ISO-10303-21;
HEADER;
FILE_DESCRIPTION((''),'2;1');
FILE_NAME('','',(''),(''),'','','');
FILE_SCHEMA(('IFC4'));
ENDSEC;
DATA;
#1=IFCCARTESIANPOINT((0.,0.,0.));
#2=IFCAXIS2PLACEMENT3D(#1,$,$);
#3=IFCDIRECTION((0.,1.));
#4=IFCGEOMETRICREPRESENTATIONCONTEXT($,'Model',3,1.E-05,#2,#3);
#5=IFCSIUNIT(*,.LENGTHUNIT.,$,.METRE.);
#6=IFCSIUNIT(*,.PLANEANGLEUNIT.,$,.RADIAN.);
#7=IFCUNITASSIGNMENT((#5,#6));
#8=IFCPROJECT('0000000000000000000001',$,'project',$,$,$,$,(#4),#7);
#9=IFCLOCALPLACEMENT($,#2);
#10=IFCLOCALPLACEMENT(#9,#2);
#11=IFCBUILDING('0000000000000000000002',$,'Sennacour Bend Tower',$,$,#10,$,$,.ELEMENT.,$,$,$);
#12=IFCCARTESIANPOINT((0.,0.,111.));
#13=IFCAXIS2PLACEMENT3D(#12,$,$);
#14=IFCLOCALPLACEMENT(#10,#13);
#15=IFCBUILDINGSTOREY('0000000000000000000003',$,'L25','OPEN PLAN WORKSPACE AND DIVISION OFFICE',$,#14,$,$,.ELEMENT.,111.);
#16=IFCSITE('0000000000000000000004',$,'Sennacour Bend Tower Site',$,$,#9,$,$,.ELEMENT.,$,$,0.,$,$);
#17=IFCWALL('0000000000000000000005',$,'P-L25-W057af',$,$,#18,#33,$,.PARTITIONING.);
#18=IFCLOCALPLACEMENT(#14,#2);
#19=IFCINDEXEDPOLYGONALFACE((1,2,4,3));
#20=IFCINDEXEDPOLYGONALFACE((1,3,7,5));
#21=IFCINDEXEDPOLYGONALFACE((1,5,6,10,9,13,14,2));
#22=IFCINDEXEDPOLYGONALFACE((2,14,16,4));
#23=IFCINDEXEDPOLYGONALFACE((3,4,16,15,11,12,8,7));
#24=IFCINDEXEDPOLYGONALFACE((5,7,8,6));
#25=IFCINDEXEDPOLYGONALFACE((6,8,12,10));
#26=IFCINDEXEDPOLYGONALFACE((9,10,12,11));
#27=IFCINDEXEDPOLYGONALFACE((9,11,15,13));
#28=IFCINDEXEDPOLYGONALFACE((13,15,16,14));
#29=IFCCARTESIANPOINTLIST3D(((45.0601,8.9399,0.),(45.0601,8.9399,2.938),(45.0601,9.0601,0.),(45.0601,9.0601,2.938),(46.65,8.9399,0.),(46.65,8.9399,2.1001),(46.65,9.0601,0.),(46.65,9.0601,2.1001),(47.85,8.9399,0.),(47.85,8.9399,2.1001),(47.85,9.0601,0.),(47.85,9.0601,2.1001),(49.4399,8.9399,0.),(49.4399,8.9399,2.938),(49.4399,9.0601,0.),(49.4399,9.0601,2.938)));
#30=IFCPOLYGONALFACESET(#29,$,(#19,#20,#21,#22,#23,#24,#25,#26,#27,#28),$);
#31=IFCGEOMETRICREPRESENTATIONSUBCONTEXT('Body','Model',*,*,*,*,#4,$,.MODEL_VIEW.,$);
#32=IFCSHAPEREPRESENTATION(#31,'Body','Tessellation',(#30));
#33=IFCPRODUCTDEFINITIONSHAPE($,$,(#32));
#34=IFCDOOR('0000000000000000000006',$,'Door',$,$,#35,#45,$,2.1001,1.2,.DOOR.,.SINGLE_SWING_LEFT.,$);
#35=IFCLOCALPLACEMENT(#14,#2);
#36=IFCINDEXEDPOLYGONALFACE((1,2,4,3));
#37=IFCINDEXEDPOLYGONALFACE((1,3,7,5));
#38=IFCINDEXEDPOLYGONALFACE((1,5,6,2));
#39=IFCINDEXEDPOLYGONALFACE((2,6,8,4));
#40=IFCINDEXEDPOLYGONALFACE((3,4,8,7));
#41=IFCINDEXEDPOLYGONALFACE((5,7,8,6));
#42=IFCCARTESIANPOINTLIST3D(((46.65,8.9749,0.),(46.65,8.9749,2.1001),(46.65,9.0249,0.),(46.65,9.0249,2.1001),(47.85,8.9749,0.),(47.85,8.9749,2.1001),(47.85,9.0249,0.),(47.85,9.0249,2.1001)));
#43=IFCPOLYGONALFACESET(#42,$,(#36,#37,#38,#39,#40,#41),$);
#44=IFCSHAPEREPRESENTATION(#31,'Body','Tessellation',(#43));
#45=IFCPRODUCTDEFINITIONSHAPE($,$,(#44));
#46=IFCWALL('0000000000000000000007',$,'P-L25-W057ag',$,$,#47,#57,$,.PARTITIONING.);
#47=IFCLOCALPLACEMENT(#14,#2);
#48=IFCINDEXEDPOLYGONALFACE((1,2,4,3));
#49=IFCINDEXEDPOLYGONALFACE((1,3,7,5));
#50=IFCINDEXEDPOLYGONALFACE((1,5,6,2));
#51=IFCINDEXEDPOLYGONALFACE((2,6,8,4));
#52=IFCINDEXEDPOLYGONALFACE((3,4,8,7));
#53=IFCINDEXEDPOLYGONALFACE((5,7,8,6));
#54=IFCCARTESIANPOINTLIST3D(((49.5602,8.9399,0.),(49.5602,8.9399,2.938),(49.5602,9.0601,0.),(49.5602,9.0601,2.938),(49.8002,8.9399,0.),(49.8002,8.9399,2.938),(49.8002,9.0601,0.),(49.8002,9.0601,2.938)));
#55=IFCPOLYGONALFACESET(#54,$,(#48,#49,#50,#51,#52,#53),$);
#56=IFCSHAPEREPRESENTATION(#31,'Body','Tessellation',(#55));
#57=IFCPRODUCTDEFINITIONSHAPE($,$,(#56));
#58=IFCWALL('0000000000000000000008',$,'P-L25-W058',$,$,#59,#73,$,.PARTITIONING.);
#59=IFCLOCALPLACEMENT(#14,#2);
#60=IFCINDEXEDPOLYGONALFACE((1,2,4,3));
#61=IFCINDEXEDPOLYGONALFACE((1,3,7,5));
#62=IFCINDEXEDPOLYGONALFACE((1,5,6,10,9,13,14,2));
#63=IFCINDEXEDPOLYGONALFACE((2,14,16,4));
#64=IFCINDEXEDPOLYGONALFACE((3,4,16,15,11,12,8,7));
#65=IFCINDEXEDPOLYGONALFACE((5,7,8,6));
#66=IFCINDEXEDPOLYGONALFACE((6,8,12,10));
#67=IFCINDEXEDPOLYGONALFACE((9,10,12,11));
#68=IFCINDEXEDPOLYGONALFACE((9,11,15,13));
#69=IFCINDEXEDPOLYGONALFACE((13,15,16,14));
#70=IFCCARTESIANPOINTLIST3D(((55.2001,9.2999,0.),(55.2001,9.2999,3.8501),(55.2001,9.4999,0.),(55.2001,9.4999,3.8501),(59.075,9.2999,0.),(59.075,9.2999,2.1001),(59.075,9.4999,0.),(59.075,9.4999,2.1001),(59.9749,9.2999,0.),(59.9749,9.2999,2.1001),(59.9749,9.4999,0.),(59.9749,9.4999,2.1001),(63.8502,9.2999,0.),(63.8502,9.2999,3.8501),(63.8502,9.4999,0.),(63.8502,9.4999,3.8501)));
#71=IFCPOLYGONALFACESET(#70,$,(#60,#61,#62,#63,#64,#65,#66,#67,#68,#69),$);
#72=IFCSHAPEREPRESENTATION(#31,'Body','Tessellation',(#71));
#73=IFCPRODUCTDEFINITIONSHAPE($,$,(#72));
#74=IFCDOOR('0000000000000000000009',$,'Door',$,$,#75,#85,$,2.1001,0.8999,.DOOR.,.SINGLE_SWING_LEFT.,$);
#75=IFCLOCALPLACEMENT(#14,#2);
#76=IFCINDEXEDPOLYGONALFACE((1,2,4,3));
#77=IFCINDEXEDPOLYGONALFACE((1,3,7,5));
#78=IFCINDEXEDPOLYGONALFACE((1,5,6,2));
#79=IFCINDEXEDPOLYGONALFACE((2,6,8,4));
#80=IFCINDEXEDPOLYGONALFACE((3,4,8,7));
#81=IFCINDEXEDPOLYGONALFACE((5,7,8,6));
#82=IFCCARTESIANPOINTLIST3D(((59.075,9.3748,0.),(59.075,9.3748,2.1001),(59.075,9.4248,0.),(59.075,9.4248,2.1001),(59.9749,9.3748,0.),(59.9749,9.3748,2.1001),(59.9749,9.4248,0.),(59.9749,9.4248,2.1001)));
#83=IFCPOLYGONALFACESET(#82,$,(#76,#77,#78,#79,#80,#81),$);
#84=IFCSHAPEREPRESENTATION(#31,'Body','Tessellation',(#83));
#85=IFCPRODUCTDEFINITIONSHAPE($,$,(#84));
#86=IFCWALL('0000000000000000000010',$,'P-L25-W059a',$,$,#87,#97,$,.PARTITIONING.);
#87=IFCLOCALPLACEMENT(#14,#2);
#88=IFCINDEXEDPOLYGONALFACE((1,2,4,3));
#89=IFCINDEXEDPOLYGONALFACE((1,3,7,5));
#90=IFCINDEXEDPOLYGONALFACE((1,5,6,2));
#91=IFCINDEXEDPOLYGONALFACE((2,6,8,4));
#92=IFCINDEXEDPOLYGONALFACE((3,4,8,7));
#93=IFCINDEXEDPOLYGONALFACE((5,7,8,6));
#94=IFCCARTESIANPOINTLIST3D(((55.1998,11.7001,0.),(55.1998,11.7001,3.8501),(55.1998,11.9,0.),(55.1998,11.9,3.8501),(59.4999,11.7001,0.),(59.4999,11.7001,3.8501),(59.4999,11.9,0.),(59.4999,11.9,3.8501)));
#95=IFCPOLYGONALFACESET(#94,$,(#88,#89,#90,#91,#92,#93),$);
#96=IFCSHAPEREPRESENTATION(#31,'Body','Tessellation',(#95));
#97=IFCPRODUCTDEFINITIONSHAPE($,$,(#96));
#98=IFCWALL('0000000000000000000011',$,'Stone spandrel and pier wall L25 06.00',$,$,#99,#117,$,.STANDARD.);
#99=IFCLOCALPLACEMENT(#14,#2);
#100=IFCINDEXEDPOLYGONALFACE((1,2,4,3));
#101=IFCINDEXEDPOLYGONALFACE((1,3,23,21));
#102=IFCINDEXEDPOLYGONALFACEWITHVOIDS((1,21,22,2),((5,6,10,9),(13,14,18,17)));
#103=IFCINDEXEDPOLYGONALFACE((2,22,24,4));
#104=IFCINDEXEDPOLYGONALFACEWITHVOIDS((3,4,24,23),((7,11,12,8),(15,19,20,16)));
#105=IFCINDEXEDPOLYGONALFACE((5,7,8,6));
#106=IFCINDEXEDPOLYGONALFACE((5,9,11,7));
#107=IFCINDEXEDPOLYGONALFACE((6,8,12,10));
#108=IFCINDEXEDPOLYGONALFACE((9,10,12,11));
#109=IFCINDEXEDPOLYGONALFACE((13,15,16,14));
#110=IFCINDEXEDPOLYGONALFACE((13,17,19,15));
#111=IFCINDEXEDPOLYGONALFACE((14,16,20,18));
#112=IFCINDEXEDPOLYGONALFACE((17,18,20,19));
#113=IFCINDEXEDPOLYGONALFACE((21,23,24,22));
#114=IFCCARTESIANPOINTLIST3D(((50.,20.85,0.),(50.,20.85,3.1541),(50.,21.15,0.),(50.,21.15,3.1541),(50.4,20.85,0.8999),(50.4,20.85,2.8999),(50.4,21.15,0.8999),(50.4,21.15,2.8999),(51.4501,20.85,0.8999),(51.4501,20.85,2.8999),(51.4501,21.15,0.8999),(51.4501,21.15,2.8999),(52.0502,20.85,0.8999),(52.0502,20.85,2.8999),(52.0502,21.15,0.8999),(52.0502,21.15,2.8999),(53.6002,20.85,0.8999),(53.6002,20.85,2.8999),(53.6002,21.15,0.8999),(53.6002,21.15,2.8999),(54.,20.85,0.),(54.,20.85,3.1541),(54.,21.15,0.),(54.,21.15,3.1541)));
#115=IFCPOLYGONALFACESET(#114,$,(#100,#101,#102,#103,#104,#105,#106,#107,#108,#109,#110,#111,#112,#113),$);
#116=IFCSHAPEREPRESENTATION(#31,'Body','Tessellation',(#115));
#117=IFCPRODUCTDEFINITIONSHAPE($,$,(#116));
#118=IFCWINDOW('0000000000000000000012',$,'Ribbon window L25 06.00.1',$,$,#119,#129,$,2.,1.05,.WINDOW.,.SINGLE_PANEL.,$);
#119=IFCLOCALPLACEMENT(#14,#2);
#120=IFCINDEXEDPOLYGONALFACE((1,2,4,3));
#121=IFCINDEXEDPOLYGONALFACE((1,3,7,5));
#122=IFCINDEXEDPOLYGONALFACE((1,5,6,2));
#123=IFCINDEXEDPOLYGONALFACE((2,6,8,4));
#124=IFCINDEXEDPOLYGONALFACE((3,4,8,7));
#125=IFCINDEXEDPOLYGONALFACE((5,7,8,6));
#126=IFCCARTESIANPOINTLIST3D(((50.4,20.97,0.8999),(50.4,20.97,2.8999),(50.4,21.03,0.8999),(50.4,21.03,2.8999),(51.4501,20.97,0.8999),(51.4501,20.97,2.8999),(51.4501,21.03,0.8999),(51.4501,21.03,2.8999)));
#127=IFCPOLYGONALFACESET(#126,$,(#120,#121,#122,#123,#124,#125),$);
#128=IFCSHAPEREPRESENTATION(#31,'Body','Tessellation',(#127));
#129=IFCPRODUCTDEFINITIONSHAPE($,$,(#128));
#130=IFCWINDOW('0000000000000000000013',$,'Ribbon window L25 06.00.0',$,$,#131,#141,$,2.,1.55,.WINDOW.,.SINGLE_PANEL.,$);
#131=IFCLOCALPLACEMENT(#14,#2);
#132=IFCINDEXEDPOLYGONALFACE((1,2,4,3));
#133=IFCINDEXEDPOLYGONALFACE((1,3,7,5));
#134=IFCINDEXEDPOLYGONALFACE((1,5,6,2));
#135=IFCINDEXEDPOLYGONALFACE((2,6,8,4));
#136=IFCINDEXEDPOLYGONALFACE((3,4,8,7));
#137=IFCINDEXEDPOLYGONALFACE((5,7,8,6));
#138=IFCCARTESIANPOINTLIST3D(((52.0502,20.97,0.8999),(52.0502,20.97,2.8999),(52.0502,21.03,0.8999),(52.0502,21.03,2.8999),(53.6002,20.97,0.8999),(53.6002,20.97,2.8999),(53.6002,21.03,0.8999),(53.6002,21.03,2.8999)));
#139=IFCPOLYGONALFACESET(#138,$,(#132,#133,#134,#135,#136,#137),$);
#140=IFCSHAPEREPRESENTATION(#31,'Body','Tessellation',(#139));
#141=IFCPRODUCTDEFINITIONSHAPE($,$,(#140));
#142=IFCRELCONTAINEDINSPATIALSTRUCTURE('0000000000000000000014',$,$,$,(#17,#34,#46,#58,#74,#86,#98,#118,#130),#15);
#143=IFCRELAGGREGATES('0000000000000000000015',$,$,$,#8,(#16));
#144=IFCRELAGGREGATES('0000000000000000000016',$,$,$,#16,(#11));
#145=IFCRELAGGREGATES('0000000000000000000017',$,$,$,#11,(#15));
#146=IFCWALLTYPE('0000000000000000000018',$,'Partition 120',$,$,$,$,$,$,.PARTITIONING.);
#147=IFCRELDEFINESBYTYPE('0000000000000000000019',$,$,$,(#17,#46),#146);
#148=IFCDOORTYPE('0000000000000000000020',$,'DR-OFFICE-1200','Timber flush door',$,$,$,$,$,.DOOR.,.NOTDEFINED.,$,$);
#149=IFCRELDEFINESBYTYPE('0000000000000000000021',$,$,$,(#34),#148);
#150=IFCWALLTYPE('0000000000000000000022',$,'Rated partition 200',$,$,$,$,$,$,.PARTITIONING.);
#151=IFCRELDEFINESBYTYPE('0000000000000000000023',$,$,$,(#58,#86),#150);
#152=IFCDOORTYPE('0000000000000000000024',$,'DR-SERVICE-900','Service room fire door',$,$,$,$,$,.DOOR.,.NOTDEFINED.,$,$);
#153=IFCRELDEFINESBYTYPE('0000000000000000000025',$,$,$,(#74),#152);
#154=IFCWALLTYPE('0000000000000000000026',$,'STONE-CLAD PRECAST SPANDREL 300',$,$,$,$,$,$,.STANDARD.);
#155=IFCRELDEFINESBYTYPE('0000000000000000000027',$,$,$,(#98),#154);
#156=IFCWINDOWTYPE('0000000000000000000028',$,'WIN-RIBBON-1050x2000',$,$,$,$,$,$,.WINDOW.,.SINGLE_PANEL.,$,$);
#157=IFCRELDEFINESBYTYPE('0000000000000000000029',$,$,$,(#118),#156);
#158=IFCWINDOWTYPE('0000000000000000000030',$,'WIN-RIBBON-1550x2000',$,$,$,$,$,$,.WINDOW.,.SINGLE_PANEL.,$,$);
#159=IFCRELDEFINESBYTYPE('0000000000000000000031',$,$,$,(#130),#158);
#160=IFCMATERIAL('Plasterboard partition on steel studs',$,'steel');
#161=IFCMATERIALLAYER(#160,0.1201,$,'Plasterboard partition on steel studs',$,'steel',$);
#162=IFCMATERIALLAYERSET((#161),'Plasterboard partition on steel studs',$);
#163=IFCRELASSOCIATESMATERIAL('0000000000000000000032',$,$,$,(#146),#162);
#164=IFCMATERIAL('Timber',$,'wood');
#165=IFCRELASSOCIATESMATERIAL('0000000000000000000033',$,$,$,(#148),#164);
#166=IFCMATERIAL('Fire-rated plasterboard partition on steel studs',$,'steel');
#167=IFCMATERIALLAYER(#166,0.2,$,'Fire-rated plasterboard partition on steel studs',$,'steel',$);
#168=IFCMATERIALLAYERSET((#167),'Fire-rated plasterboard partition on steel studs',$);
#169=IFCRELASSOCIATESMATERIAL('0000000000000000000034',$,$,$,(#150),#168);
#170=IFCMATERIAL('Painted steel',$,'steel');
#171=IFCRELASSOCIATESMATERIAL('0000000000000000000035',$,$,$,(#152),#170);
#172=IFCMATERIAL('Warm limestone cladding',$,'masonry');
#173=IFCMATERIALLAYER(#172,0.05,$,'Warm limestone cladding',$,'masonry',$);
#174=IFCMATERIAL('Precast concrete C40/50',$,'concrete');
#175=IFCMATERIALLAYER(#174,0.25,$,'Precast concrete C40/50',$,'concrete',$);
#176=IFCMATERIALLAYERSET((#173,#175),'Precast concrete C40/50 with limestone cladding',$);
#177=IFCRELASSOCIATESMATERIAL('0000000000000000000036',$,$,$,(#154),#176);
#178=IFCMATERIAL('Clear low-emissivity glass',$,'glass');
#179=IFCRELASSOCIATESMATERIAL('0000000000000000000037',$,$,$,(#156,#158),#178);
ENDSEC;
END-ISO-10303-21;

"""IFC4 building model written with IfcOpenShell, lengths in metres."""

from ifc_helpers import new_model, si_unit, direction, frame, frame_2d, origin, place, context, subcontext, project, spatial, rectangle, extrude, material, layer, layer_set, type_object, element, fill, save


model = new_model("IFC4")

# Units and contexts
model_context = context("Model", 3, precision=1e-05, world=origin(), true_north=direction((0.0, 1.0)))
body_context = subcontext(model_context, "Body", "Model", "MODEL_VIEW")
ifc_project = project(units=[si_unit("LENGTHUNIT", "METRE"), si_unit("PLANEANGLEUNIT", "RADIAN")], contexts=[model_context])

# Site, building, storey
site_placement = place(None, origin())
site = spatial("IfcSite", under=ifc_project, at=site_placement, Name="Sennacour Bend Tower Site", CompositionType="ELEMENT", RefElevation=0.0)
building_placement = place(site_placement, origin())
building = spatial("IfcBuilding", under=site, at=building_placement, Name="Sennacour Bend Tower", CompositionType="ELEMENT")
storey_placement = place(building_placement, frame((0.0, 0.0, 111.0)))
storey = spatial("IfcBuildingStorey", under=building, at=storey_placement, Name="L25", Description="OPEN PLAN WORKSPACE AND DIVISION OFFICE", CompositionType="ELEMENT", Elevation=111.0)

# Shared definitions
ifc_material_1 = material(Name="Plasterboard partition on steel studs", Category="steel")
ifc_layer_1 = layer(ifc_material_1, 0.1201, Name="Plasterboard partition on steel studs", Category="steel")
ifc_layer_set_1 = layer_set([ifc_layer_1], Name="Plasterboard partition on steel studs")
wall_type_1 = type_object("IfcWallType", Name="Partition 120", PredefinedType="PARTITIONING", material=ifc_layer_set_1)

# Wall, opening, door
wall_1_placement = place(storey_placement, frame((45.0601, 9.0, 0.0), z_axis=(0.0, 0.0, 1.0), x_axis=(1.0, 0.0, 0.0)))
wall_1 = element("IfcWall", 1, at=wall_1_placement, inside=storey, type_object=wall_type_1, Name="P-L25-W057af", PredefinedType="PARTITIONING", context=body_context, shape_type="SweptSolid", body=[
    extrude(rectangle(XDim=4.3799, YDim=0.1201, at=frame_2d((2.1899, 0.0))), origin(), (0.0, 0.0, 1.0), 2.938),
])
opening_1_placement = place(wall_1_placement, frame((1.5898, 0.0, 0.0)))
opening_1 = element("IfcOpeningElement", 2, at=opening_1_placement, cuts=wall_1, PredefinedType="OPENING", context=body_context, shape_type="SweptSolid", body=[
    extrude(rectangle(XDim=1.2, YDim=2.1001, at=frame_2d((0.6001, 1.05))), frame((0.0, 0.0701, 0.0), z_axis=(0.0, -1.0, 0.0), x_axis=(1.0, 0.0, 0.0)), (0.0, 0.0, 1.0), 0.1401),
])
ifc_material_2 = material(Name="Timber", Category="wood")
door_type_1 = type_object("IfcDoorType", Name="DR-OFFICE-1200", Description="Timber flush door", OperationType="NOTDEFINED", PredefinedType="DOOR", material=ifc_material_2)
door_1_placement = place(opening_1_placement, origin())
door_1 = element("IfcDoor", 3, at=door_1_placement, inside=storey, type_object=door_type_1, Name="Door", OperationType="SINGLE_SWING_LEFT", OverallHeight=2.1001, OverallWidth=1.2, PredefinedType="DOOR", context=body_context, shape_type="SweptSolid", body=[
    extrude(rectangle(XDim=1.2, YDim=2.1001, at=frame_2d((0.6001, 1.05))), frame((0.0, 0.0249, 0.0), z_axis=(0.0, -1.0, 0.0), x_axis=(1.0, 0.0, 0.0)), (0.0, 0.0, 1.0), 0.05),
])
fill(opening_1, door_1)

# Wall
wall_2_placement = place(storey_placement, frame((49.5601, 9.0, 0.0), z_axis=(0.0, 0.0, 1.0), x_axis=(1.0, 0.0, 0.0)))
element("IfcWall", 4, at=wall_2_placement, inside=storey, type_object=wall_type_1, Name="P-L25-W057ag", PredefinedType="PARTITIONING", context=body_context, shape_type="SweptSolid", body=[
    extrude(rectangle(XDim=0.24, YDim=0.1201, at=frame_2d((0.1201, 0.0))), origin(), (0.0, 0.0, 1.0), 2.938),
])

# Wall, opening, door
ifc_material_3 = material(Name="Fire-rated plasterboard partition on steel studs", Category="steel")
ifc_layer_2 = layer(ifc_material_3, 0.2, Name="Fire-rated plasterboard partition on steel studs", Category="steel")
ifc_layer_set_2 = layer_set([ifc_layer_2], Name="Fire-rated plasterboard partition on steel studs")
wall_type_2 = type_object("IfcWallType", Name="Rated partition 200", PredefinedType="PARTITIONING", material=ifc_layer_set_2)
wall_3_placement = place(storey_placement, frame((55.2, 9.3999, 0.0), z_axis=(0.0, 0.0, 1.0), x_axis=(1.0, 0.0, 0.0)))
wall_3 = element("IfcWall", 5, at=wall_3_placement, inside=storey, type_object=wall_type_2, Name="P-L25-W058", PredefinedType="PARTITIONING", context=body_context, shape_type="SweptSolid", body=[
    extrude(rectangle(XDim=8.6501, YDim=0.2, at=frame_2d((4.3252, 0.0))), origin(), (0.0, 0.0, 1.0), 3.8501),
])
opening_2_placement = place(wall_3_placement, frame((3.875, 0.0, 0.0)))
opening_2 = element("IfcOpeningElement", 6, at=opening_2_placement, cuts=wall_3, PredefinedType="OPENING", context=body_context, shape_type="SweptSolid", body=[
    extrude(rectangle(XDim=0.8999, YDim=2.1001, at=frame_2d((0.45, 1.05))), frame((0.0, 0.1099, 0.0), z_axis=(0.0, -1.0, 0.0), x_axis=(1.0, 0.0, 0.0)), (0.0, 0.0, 1.0), 0.22),
])
ifc_material_4 = material(Name="Painted steel", Category="steel")
door_type_2 = type_object("IfcDoorType", Name="DR-SERVICE-900", Description="Service room fire door", OperationType="NOTDEFINED", PredefinedType="DOOR", material=ifc_material_4)
door_2_placement = place(opening_2_placement, origin())
door_2 = element("IfcDoor", 7, at=door_2_placement, inside=storey, type_object=door_type_2, Name="Door", OperationType="SINGLE_SWING_LEFT", OverallHeight=2.1001, OverallWidth=0.8999, PredefinedType="DOOR", context=body_context, shape_type="SweptSolid", body=[
    extrude(rectangle(XDim=0.8999, YDim=2.1001, at=frame_2d((0.45, 1.05))), frame((0.0, 0.0249, 0.0), z_axis=(0.0, -1.0, 0.0), x_axis=(1.0, 0.0, 0.0)), (0.0, 0.0, 1.0), 0.05),
])
fill(opening_2, door_2)

# Wall
wall_4_placement = place(storey_placement, frame((55.2, 11.8, 0.0), z_axis=(0.0, 0.0, 1.0), x_axis=(1.0, 0.0, 0.0)))
element("IfcWall", 8, at=wall_4_placement, inside=storey, type_object=wall_type_2, Name="P-L25-W059a", PredefinedType="PARTITIONING", context=body_context, shape_type="SweptSolid", body=[
    extrude(rectangle(XDim=4.3, YDim=0.2, at=frame_2d((2.1499, 0.0))), origin(), (0.0, 0.0, 1.0), 3.8501),
])

# Wall, openings, windows
ifc_material_5 = material(Name="Warm limestone cladding", Category="masonry")
ifc_layer_3 = layer(ifc_material_5, 0.05, Name="Warm limestone cladding", Category="masonry")
ifc_material_6 = material(Name="Precast concrete C40/50", Category="concrete")
ifc_layer_4 = layer(ifc_material_6, 0.25, Name="Precast concrete C40/50", Category="concrete")
ifc_layer_set_3 = layer_set([ifc_layer_3, ifc_layer_4], Name="Precast concrete C40/50 with limestone cladding")
wall_type_3 = type_object("IfcWallType", Name="STONE-CLAD PRECAST SPANDREL 300", PredefinedType="STANDARD", material=ifc_layer_set_3)
wall_5_placement = place(storey_placement, frame((54.0, 21.0, 0.0), z_axis=(0.0, 0.0, 1.0), x_axis=(-1.0, 0.0, 0.0)))
wall_5 = element("IfcWall", 9, at=wall_5_placement, inside=storey, type_object=wall_type_3, Name="Stone spandrel and pier wall L25 06.00", PredefinedType="STANDARD", context=body_context, shape_type="SweptSolid", body=[
    extrude(rectangle(XDim=4.0, YDim=0.3, at=frame_2d((2.0, 0.0))), origin(), (0.0, 0.0, 1.0), 3.1541),
])
opening_3_placement = place(wall_5_placement, frame((0.3999, 0.0, 0.8999)))
opening_3 = element("IfcOpeningElement", 10, at=opening_3_placement, cuts=wall_5, PredefinedType="OPENING", context=body_context, shape_type="SweptSolid", body=[
    extrude(rectangle(XDim=1.55, YDim=2.0, at=frame_2d((0.7749, 1.0))), frame((0.0, 0.1602, 0.0), z_axis=(0.0, -1.0, 0.0), x_axis=(1.0, 0.0, 0.0)), (0.0, 0.0, 1.0), 0.3201),
])
opening_4_placement = place(wall_5_placement, frame((2.55, 0.0, 0.8999)))
opening_4 = element("IfcOpeningElement", 11, at=opening_4_placement, cuts=wall_5, PredefinedType="OPENING", context=body_context, shape_type="SweptSolid", body=[
    extrude(rectangle(XDim=1.05, YDim=2.0, at=frame_2d((0.5249, 1.0))), frame((0.0, 0.1602, 0.0), z_axis=(0.0, -1.0, 0.0), x_axis=(1.0, 0.0, 0.0)), (0.0, 0.0, 1.0), 0.3201),
])
ifc_material_7 = material(Name="Clear low-emissivity glass", Category="glass")
window_type_1 = type_object("IfcWindowType", Name="WIN-RIBBON-1050x2000", PartitioningType="SINGLE_PANEL", PredefinedType="WINDOW", material=ifc_material_7)
window_1_placement = place(opening_4_placement, origin())
window_1 = element("IfcWindow", 12, at=window_1_placement, inside=storey, type_object=window_type_1, Name="Ribbon window L25 06.00.1", OverallHeight=2.0, OverallWidth=1.05, PartitioningType="SINGLE_PANEL", PredefinedType="WINDOW", context=body_context, shape_type="SweptSolid", body=[
    extrude(rectangle(XDim=1.05, YDim=2.0, at=frame_2d((0.5249, 1.0))), frame((0.0, 0.03, 0.0), z_axis=(0.0, -1.0, 0.0), x_axis=(1.0, 0.0, 0.0)), (0.0, 0.0, 1.0), 0.0601),
])
fill(opening_4, window_1)
window_type_2 = type_object("IfcWindowType", Name="WIN-RIBBON-1550x2000", PartitioningType="SINGLE_PANEL", PredefinedType="WINDOW", material=ifc_material_7)
window_2_placement = place(opening_3_placement, origin())
window_2 = element("IfcWindow", 13, at=window_2_placement, inside=storey, type_object=window_type_2, Name="Ribbon window L25 06.00.0", OverallHeight=2.0, OverallWidth=1.55, PartitioningType="SINGLE_PANEL", PredefinedType="WINDOW", context=body_context, shape_type="SweptSolid", body=[
    extrude(rectangle(XDim=1.55, YDim=2.0, at=frame_2d((0.7749, 1.0))), frame((0.0, 0.03, 0.0), z_axis=(0.0, -1.0, 0.0), x_axis=(1.0, 0.0, 0.0)), (0.0, 0.0, 1.0), 0.0601),
])
fill(opening_3, window_2)

save(model, "model.ifc")
